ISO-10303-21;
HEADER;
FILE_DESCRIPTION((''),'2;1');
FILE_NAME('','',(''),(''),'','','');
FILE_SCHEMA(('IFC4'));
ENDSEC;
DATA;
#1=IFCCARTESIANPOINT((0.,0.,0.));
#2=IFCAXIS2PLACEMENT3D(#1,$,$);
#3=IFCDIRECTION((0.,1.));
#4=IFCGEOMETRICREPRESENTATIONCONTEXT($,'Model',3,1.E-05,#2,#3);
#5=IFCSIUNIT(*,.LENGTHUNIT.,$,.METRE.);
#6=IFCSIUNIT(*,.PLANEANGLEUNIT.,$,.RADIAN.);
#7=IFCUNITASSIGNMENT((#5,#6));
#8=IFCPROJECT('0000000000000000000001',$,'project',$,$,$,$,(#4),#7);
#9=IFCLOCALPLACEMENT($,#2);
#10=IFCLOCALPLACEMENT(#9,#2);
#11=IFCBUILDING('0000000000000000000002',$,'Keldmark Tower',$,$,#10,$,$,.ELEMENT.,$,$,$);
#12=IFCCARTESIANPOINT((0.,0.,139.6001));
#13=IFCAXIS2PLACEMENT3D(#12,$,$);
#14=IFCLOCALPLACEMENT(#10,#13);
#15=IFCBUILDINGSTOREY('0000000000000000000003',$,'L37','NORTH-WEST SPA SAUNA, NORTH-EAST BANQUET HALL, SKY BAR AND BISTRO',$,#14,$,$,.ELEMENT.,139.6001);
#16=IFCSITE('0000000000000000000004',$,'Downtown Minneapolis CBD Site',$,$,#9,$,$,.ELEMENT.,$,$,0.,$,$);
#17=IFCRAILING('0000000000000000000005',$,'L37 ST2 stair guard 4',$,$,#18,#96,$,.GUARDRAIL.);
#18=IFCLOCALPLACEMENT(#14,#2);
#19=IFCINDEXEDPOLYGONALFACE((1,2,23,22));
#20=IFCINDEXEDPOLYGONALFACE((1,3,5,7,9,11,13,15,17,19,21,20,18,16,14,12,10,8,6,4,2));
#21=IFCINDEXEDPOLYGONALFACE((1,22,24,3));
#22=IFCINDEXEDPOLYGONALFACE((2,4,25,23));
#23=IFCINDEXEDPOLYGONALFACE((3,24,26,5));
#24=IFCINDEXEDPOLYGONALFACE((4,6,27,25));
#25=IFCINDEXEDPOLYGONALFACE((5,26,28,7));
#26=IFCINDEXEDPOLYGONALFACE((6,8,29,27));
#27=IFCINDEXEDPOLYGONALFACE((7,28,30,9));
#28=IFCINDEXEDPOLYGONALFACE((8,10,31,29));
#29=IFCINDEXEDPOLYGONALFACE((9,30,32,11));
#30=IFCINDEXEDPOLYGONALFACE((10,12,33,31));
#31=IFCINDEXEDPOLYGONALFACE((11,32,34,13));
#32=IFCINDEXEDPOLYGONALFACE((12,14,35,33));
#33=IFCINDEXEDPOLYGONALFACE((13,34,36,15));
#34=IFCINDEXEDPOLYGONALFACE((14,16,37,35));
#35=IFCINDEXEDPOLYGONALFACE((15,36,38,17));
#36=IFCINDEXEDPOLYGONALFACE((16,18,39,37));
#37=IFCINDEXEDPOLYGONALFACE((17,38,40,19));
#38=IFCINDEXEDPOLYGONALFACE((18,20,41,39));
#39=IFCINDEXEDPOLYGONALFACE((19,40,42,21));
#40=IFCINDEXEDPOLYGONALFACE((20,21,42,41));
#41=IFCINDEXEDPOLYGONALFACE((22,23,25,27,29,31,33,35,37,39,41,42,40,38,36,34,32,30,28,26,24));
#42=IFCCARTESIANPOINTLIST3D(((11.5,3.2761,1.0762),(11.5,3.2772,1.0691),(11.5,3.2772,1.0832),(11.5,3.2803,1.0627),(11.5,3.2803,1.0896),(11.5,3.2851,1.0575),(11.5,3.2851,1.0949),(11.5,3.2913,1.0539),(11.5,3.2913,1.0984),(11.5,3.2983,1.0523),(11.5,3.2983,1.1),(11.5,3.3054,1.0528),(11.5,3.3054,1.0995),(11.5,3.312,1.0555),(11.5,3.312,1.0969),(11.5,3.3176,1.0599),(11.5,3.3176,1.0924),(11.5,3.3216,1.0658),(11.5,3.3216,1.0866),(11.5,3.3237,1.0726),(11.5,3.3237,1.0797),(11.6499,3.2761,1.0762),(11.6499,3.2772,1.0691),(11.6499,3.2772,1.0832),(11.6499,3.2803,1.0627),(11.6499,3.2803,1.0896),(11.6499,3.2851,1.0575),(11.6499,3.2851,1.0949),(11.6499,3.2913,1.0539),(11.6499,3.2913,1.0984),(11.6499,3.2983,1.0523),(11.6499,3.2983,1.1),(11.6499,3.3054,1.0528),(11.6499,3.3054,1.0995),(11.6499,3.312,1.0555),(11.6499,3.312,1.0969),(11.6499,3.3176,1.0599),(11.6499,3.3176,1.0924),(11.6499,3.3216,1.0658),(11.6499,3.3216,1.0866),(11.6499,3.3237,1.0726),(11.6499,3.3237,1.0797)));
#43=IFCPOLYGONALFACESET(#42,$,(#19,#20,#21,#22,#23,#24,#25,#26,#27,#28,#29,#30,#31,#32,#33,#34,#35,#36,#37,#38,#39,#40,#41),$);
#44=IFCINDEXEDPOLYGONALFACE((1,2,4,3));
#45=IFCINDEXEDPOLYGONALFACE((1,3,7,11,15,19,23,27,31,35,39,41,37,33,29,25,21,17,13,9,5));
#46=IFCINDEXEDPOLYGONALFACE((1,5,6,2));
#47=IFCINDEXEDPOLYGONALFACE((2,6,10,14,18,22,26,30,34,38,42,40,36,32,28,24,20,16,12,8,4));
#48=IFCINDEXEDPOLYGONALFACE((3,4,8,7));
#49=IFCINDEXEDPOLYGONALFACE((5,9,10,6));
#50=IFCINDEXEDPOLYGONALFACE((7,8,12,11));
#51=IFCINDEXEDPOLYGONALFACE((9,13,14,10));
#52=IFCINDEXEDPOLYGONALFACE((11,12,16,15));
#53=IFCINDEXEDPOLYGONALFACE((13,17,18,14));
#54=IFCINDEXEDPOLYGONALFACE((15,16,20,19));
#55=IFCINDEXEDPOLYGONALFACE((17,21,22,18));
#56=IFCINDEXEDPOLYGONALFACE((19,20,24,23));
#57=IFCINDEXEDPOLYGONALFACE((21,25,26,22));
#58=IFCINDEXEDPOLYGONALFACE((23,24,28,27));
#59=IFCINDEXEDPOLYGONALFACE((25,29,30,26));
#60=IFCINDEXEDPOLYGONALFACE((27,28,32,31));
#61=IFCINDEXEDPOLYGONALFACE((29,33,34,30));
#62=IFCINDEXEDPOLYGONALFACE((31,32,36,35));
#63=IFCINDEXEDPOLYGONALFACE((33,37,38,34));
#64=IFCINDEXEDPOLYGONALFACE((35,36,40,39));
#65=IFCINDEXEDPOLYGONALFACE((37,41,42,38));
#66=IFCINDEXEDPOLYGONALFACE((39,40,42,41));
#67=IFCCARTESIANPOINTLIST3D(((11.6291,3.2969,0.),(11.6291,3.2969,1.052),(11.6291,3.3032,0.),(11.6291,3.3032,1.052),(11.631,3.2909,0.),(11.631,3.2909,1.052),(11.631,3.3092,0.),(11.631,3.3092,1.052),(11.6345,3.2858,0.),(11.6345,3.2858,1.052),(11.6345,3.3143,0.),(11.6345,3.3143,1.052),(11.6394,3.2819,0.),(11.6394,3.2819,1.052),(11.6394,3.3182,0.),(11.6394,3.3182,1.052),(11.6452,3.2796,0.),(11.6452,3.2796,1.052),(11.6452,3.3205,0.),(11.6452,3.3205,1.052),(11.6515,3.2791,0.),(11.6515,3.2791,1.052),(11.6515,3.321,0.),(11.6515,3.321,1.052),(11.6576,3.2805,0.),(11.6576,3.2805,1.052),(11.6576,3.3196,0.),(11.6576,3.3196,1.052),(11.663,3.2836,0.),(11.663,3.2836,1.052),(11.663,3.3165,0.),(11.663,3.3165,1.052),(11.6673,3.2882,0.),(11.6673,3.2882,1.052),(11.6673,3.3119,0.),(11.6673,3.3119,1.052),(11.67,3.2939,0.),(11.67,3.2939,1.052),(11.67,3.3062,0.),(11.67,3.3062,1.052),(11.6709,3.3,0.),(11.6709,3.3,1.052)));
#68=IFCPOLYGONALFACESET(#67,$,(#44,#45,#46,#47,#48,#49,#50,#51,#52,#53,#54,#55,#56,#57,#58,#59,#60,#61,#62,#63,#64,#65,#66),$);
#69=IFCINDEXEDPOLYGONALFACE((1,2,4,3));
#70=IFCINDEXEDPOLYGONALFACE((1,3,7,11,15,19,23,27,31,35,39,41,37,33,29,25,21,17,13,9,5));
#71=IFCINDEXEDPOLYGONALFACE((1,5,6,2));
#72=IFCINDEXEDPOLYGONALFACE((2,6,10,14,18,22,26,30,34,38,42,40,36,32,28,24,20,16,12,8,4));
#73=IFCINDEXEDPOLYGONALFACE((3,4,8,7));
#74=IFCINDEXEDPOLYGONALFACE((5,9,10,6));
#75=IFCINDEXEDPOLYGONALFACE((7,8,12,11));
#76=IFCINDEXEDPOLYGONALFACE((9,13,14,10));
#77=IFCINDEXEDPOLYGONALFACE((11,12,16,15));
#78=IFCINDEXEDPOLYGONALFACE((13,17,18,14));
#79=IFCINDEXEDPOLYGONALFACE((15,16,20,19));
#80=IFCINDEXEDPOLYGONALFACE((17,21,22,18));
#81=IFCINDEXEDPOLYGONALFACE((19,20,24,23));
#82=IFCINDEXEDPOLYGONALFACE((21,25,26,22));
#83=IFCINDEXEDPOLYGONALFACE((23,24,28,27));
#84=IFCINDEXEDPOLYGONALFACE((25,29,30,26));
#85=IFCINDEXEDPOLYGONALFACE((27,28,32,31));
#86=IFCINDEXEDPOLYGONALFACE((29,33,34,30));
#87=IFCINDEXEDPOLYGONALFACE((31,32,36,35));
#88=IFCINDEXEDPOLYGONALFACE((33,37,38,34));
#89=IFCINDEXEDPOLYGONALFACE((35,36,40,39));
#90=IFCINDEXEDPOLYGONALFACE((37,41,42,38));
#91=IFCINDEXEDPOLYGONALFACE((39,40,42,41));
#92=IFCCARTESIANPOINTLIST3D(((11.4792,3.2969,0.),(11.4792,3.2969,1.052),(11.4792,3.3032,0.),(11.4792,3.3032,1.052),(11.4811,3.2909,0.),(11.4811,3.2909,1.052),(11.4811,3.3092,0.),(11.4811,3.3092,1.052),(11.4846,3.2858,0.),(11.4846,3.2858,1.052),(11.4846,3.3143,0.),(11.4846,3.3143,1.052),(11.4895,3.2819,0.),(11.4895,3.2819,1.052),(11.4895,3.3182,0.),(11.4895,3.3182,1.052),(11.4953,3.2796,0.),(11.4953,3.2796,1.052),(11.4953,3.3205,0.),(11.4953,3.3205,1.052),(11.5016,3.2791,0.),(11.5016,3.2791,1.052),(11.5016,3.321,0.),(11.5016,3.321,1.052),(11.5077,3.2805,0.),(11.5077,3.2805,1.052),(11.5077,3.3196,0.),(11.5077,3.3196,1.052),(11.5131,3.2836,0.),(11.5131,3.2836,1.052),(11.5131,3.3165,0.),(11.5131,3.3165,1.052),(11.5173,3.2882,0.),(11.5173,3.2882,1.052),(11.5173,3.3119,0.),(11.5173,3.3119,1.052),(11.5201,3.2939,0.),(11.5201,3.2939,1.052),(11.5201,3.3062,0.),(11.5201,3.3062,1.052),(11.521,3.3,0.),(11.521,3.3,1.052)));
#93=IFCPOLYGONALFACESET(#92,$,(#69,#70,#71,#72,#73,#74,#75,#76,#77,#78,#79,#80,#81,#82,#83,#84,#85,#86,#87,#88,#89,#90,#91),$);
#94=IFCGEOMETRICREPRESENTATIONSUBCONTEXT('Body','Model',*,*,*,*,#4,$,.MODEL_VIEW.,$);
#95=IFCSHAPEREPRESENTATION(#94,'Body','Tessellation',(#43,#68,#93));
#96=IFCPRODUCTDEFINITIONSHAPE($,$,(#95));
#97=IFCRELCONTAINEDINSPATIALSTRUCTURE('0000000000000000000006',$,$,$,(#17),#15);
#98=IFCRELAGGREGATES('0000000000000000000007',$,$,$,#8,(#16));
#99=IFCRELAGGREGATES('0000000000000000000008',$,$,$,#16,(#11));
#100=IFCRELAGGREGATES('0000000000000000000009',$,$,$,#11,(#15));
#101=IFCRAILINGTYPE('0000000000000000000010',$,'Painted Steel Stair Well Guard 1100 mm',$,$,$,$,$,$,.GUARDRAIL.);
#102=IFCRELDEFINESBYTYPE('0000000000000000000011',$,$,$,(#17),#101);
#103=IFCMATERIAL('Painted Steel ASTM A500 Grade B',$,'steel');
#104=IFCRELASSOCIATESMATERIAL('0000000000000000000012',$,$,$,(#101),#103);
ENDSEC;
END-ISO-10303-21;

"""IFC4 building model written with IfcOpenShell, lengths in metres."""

from ifc_helpers import new_model, si_unit, direction, frame, origin, origin_2d, place, context, subcontext, project, spatial, circle, extrude, material, type_object, element, save


model = new_model("IFC4")

# Units and contexts
model_context = context("Model", 3, precision=1e-05, world=origin(), true_north=direction((0.0, 1.0)))
body_context = subcontext(model_context, "Body", "Model", "MODEL_VIEW")
ifc_project = project(units=[si_unit("LENGTHUNIT", "METRE"), si_unit("PLANEANGLEUNIT", "RADIAN")], contexts=[model_context])

# Site, building, storey
site_placement = place(None, origin())
site = spatial("IfcSite", under=ifc_project, at=site_placement, Name="Downtown Minneapolis CBD Site", CompositionType="ELEMENT", RefElevation=0.0)
building_placement = place(site_placement, origin())
building = spatial("IfcBuilding", under=site, at=building_placement, Name="Keldmark Tower", CompositionType="ELEMENT")
storey_placement = place(building_placement, frame((0.0, 0.0, 139.6001)))
storey = spatial("IfcBuildingStorey", under=building, at=storey_placement, Name="L37", Description="NORTH-WEST SPA SAUNA, NORTH-EAST BANQUET HALL, SKY BAR AND BISTRO", CompositionType="ELEMENT", Elevation=139.6001)

# Railing
ifc_material_1 = material(Name="Painted Steel ASTM A500 Grade B", Category="steel")
railing_type_1 = type_object("IfcRailingType", Name="Painted Steel Stair Well Guard 1100 mm", PredefinedType="GUARDRAIL", material=ifc_material_1)
railing_1_placement = place(storey_placement, frame((11.6499, 3.3, 0.0)))
element("IfcRailing", 1, at=railing_1_placement, inside=storey, type_object=railing_type_1, Name="L37 ST2 stair guard 4", PredefinedType="GUARDRAIL", context=body_context, shape_type="SweptSolid", body=[
    extrude(circle(Radius=0.0239, at=origin_2d()), frame((0.0, 0.0, 1.0762), z_axis=(-1.0, 0.0, 0.0), x_axis=(0.0, -1.0, 0.0)), (0.0, 0.0, 1.0), 0.1499),
    extrude(circle(Radius=0.021, at=origin_2d()), origin(), (0.0, 0.0, 1.0), 1.052),
    extrude(circle(Radius=0.021, at=origin_2d()), frame((-0.1499, 0.0, 0.0)), (0.0, 0.0, 1.0), 1.052),
])

save(model, "model.ifc")
